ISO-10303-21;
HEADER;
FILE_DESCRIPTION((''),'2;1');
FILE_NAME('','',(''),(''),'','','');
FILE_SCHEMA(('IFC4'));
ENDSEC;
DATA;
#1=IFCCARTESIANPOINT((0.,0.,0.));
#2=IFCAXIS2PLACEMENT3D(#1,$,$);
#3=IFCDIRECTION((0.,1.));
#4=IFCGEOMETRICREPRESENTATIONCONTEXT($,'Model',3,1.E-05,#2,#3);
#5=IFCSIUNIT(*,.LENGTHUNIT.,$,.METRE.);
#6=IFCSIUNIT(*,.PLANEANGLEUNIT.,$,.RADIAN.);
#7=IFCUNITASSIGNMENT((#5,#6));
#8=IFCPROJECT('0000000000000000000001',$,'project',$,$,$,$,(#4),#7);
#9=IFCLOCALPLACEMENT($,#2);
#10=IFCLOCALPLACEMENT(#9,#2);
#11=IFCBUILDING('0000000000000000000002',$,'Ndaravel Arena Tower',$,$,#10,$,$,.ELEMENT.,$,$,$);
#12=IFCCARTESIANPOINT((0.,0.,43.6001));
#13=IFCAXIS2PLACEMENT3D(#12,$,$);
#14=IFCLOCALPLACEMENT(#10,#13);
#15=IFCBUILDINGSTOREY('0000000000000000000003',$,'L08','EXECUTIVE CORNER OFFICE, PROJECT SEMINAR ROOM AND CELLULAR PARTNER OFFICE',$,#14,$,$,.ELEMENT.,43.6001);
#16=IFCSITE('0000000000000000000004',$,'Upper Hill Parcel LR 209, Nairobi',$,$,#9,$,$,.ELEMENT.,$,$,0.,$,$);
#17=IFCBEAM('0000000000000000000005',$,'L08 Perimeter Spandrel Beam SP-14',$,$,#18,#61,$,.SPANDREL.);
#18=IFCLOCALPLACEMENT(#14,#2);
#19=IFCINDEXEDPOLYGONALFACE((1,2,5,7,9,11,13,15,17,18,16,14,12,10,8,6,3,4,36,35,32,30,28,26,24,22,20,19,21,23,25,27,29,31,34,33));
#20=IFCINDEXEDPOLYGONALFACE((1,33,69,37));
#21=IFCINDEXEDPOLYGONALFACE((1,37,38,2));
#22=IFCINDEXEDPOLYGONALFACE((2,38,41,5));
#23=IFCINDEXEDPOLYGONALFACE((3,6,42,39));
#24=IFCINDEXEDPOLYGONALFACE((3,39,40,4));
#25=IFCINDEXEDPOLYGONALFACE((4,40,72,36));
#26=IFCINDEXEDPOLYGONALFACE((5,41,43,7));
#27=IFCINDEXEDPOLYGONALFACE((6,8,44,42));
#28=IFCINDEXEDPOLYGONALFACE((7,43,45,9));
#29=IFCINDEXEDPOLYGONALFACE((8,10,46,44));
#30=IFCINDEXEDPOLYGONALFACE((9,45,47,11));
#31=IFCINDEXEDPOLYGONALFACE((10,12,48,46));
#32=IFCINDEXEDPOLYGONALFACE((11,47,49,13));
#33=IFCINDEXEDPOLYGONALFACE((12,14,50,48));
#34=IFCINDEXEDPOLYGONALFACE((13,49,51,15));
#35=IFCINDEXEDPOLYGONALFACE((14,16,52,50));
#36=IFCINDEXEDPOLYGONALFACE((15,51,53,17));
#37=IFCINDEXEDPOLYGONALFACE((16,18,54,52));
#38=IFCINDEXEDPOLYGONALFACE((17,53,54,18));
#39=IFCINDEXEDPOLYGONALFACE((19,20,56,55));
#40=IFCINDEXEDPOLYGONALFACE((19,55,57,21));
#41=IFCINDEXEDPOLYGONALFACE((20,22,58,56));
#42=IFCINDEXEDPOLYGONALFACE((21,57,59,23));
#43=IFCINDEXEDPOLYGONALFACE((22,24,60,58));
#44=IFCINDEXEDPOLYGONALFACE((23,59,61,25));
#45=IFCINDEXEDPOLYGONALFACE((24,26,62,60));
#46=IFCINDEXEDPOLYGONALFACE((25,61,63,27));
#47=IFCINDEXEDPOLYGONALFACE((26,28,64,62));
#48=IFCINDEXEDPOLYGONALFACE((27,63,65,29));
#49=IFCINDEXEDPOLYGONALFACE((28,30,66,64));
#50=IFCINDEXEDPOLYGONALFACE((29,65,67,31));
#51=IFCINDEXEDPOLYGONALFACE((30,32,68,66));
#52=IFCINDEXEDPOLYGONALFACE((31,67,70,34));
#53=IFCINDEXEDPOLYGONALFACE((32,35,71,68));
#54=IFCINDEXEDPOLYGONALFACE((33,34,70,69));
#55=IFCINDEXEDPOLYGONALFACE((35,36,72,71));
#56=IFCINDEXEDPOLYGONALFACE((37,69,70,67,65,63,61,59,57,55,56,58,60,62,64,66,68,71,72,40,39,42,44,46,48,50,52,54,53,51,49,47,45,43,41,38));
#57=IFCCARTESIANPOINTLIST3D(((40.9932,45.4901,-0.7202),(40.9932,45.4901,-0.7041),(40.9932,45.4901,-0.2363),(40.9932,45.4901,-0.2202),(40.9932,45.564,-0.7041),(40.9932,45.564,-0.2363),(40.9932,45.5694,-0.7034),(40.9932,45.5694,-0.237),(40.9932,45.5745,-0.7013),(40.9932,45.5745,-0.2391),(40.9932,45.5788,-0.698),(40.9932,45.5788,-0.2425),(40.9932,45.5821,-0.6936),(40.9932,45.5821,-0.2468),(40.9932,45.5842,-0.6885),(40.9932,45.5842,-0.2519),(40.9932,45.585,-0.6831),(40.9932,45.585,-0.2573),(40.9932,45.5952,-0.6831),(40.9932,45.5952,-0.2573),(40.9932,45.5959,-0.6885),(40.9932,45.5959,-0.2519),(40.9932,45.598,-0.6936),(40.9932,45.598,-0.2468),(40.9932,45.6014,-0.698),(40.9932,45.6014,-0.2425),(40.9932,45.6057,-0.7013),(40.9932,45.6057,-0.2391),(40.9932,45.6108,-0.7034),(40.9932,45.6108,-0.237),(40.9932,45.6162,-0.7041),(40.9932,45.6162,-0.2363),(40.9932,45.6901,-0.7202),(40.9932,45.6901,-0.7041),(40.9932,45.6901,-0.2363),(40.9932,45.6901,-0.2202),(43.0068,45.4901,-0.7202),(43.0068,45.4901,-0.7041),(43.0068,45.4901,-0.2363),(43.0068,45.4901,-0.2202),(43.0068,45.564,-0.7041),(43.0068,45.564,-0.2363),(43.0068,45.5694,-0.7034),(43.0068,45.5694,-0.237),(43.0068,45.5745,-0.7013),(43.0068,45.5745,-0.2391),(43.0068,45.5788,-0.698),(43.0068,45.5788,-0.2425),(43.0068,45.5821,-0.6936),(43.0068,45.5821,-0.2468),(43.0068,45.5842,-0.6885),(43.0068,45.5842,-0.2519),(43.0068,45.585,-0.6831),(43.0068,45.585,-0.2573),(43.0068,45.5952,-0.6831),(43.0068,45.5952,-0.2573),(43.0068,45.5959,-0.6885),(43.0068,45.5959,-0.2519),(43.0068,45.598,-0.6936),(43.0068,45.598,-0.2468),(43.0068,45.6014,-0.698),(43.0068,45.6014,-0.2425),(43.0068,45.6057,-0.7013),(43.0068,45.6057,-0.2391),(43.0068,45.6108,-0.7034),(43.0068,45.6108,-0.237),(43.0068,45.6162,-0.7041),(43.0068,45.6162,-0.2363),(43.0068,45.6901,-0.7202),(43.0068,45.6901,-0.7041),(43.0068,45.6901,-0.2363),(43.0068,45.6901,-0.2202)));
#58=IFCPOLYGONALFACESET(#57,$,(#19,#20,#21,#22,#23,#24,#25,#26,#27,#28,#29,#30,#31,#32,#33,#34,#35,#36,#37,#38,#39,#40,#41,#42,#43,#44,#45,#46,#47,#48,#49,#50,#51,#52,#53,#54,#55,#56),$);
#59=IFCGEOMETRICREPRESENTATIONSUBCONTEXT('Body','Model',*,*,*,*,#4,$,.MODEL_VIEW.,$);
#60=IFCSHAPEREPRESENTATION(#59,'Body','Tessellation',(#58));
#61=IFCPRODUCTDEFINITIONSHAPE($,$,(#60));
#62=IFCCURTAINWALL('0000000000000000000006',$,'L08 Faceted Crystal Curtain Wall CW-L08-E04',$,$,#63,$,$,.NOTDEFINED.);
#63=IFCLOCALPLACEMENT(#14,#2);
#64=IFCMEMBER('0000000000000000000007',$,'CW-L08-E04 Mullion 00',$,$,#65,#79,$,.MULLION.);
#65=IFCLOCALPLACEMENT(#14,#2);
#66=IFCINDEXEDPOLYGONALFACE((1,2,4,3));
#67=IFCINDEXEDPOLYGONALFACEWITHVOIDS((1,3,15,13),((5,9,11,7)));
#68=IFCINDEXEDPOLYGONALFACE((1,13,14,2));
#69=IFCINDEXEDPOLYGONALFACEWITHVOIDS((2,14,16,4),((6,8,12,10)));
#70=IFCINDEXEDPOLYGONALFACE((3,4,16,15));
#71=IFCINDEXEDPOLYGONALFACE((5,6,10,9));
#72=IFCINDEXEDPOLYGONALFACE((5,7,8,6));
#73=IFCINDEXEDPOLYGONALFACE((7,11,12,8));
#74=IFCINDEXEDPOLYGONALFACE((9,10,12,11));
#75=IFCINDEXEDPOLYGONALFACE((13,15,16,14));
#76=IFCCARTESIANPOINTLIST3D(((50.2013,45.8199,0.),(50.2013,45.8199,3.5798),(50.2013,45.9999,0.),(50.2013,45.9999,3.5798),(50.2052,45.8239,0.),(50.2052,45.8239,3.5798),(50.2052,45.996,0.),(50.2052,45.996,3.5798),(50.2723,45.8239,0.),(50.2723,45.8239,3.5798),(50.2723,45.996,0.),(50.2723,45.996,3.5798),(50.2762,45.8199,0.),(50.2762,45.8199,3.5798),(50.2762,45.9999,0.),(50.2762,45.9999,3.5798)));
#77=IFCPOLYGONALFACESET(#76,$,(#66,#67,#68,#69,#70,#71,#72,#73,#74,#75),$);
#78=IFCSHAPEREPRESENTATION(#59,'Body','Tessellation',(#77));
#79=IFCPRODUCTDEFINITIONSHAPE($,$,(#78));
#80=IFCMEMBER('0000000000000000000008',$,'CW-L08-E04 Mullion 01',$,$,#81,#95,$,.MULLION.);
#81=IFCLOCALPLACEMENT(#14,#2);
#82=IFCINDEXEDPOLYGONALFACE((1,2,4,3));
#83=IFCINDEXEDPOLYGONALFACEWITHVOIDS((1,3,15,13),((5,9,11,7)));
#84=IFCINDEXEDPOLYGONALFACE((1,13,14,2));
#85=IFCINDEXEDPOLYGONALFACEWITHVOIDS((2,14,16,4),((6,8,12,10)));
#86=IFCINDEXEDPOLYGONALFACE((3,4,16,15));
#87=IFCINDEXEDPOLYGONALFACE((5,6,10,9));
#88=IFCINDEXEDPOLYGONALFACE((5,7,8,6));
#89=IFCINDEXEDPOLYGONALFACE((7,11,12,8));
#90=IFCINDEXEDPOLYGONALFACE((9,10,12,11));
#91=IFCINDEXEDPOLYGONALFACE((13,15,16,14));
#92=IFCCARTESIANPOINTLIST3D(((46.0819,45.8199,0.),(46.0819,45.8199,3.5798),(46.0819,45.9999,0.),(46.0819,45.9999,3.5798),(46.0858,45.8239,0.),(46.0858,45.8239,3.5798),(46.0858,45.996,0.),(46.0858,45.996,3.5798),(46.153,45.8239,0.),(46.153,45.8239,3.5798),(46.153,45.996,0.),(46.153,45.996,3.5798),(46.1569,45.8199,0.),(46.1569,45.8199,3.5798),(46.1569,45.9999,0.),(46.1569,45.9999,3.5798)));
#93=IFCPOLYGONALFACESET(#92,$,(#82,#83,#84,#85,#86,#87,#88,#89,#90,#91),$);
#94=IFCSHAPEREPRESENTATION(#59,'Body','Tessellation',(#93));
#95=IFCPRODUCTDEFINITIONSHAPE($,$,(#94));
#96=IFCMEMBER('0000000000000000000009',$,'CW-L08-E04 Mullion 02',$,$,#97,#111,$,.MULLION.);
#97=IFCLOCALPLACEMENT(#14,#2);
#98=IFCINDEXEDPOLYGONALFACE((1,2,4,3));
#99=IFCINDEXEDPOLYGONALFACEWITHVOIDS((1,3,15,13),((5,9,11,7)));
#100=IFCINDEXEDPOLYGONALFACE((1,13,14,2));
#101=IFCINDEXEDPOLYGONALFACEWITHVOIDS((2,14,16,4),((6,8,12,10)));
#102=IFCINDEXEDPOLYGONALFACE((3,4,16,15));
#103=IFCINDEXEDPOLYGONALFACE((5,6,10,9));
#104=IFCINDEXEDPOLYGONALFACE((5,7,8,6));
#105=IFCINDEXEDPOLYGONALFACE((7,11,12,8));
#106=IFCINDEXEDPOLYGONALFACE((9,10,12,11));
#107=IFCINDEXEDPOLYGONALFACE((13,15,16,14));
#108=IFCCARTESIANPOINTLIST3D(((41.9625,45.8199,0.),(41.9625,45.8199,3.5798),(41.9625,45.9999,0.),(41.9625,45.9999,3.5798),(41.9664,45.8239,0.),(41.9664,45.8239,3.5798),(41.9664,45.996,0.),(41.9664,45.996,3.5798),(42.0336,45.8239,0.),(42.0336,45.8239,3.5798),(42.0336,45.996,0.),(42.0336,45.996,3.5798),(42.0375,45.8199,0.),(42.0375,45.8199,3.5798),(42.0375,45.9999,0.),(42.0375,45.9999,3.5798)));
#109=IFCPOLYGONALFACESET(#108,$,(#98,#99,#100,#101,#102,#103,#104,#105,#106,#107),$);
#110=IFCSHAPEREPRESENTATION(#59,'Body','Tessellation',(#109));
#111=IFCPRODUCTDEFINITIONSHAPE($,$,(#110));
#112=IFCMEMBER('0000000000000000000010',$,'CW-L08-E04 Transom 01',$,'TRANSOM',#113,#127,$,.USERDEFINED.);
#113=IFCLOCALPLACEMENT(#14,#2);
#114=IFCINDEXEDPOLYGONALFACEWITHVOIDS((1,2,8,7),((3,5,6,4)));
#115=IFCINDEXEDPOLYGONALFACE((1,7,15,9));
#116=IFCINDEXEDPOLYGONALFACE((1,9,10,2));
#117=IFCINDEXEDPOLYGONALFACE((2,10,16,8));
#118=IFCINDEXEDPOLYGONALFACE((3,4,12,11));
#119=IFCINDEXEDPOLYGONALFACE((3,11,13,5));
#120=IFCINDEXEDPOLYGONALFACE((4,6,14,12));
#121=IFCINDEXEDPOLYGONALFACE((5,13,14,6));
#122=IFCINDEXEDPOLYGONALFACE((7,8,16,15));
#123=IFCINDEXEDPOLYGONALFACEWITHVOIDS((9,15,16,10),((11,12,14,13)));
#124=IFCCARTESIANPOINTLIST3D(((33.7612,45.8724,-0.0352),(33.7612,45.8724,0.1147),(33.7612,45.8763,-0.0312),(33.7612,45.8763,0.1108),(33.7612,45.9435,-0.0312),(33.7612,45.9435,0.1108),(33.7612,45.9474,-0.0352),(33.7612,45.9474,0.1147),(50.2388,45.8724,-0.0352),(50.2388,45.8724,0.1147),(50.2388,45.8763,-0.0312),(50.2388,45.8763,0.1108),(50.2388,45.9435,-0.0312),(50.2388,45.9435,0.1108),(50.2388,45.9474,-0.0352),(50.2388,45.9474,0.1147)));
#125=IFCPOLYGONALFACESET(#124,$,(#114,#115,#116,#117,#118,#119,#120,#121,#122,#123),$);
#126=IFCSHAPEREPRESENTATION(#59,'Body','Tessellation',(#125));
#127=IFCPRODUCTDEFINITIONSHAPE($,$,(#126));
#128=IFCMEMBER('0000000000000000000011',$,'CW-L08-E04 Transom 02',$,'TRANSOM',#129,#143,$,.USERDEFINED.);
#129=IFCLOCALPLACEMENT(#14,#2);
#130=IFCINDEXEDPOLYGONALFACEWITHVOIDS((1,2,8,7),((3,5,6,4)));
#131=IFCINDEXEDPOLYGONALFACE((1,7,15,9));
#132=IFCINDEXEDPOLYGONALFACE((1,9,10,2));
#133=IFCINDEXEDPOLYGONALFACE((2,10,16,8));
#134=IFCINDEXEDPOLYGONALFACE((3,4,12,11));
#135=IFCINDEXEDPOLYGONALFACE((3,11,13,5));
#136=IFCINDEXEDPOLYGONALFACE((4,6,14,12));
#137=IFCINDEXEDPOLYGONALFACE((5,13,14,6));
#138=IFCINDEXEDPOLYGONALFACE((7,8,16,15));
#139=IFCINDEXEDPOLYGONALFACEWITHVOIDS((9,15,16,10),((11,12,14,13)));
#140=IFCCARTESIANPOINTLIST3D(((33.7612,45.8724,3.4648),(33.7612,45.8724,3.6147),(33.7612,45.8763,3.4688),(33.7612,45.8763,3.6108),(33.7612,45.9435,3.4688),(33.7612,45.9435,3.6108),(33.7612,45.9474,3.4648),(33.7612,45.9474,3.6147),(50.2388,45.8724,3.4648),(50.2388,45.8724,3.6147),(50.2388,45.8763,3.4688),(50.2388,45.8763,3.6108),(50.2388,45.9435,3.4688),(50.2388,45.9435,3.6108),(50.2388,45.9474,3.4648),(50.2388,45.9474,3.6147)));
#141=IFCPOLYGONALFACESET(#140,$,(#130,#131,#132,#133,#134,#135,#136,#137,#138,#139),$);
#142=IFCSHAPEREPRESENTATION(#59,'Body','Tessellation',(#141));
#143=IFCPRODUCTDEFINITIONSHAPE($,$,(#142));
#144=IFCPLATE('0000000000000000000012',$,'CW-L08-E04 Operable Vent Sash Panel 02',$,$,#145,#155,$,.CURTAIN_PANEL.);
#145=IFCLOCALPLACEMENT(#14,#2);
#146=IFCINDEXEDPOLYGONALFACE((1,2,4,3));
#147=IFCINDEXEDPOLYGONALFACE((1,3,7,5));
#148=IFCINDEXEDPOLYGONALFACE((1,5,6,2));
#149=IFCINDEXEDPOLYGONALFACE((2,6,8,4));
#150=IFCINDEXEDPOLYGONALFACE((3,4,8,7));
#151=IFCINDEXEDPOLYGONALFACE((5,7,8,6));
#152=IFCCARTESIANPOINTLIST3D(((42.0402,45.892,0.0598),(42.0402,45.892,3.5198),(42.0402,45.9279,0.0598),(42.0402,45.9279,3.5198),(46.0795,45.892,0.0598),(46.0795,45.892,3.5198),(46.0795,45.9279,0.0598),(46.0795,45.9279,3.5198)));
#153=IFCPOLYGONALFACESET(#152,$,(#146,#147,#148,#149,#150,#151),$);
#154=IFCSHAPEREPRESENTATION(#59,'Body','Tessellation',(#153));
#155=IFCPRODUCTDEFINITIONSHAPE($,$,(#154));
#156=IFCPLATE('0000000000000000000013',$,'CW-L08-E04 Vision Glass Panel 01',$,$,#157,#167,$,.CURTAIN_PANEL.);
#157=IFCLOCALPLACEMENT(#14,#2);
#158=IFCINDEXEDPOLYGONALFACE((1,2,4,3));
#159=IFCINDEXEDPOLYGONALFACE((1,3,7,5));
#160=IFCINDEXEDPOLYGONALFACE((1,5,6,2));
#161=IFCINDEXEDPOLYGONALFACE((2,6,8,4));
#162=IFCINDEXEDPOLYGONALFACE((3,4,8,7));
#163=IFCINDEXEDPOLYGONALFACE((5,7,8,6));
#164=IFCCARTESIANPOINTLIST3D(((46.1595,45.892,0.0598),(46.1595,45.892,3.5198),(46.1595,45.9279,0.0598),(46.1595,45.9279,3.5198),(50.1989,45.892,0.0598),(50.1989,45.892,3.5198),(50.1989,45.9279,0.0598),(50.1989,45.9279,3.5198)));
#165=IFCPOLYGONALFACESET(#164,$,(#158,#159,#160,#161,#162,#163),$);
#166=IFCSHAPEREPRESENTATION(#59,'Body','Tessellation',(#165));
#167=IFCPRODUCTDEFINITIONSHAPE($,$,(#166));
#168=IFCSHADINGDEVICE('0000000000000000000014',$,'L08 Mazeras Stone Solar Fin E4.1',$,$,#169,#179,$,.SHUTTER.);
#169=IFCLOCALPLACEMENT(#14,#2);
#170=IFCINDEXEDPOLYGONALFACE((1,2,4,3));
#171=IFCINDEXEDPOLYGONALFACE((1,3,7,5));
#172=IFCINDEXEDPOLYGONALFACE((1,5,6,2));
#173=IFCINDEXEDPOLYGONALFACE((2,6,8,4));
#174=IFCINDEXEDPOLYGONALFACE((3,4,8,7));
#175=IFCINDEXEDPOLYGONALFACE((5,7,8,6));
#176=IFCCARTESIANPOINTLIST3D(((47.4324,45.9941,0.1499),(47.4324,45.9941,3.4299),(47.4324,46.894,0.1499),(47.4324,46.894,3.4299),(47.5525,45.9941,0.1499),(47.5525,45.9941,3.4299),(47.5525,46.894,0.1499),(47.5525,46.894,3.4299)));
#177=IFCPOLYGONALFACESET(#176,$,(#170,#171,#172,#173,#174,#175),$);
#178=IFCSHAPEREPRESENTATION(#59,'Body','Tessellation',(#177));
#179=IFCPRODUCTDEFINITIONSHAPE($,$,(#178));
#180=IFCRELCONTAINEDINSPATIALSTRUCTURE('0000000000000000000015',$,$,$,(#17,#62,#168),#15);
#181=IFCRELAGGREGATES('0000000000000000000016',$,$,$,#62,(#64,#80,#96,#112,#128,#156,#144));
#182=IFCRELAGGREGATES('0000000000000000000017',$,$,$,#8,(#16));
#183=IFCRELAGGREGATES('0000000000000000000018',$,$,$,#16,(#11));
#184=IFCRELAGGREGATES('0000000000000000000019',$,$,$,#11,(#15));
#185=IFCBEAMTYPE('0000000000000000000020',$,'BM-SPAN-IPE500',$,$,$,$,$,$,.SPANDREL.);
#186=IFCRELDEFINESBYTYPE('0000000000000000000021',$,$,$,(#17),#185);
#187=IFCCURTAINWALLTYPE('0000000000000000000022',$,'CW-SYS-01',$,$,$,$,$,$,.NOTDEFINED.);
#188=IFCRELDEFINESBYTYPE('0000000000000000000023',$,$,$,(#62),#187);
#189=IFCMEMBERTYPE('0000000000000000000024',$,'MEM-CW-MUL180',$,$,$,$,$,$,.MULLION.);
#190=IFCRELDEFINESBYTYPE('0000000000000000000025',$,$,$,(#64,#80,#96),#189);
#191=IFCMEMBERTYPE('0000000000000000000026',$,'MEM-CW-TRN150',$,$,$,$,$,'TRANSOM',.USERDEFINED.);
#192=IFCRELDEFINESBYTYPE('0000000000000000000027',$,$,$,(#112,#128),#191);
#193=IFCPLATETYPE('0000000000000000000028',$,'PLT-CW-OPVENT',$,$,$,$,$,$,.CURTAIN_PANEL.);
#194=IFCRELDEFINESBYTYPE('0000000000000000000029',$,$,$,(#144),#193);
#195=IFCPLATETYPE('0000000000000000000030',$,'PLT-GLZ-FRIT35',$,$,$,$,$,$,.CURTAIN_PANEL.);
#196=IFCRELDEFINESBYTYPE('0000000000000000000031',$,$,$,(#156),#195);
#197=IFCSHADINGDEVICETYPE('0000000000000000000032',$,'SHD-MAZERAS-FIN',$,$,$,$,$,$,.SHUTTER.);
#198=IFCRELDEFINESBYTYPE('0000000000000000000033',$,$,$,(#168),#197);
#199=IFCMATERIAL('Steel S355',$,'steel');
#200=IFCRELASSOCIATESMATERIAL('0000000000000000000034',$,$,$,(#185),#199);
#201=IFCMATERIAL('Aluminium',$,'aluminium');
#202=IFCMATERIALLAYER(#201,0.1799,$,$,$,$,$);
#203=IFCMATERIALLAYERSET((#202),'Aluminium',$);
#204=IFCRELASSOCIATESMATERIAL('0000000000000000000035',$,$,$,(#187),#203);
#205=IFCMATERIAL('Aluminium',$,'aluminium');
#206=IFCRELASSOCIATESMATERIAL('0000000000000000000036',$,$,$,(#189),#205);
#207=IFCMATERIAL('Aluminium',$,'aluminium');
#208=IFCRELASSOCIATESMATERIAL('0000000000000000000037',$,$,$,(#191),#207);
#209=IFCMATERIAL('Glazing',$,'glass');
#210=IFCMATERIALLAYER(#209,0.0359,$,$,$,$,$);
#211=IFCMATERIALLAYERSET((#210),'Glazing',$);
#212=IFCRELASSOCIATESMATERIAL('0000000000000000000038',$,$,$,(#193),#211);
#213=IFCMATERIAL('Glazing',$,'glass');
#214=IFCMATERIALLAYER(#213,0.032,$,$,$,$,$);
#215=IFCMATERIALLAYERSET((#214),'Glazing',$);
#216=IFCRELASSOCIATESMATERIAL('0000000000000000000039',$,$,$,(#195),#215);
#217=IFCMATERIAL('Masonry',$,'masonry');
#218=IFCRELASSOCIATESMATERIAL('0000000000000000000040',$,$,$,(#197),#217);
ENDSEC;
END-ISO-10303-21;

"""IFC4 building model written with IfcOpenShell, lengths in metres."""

from ifc_helpers import new_model, si_unit, direction, frame, origin, origin_2d, place, context, subcontext, project, spatial, rectangle, hollow_rectangle, i_section, extrude, material, layer, layer_set, material_profile, profile_set, type_object, element, aggregate, save


model = new_model("IFC4")

# Units and contexts
model_context = context("Model", 3, precision=1e-05, world=origin(), true_north=direction((0.0, 1.0)))
body_context = subcontext(model_context, "Body", "Model", "MODEL_VIEW")
ifc_project = project(units=[si_unit("LENGTHUNIT", "METRE"), si_unit("PLANEANGLEUNIT", "RADIAN")], contexts=[model_context])

# Site, building, storey
site_placement = place(None, origin())
site = spatial("IfcSite", under=ifc_project, at=site_placement, Name="Upper Hill Parcel LR 209, Nairobi", CompositionType="ELEMENT", RefElevation=0.0)
building_placement = place(site_placement, origin())
building = spatial("IfcBuilding", under=site, at=building_placement, Name="Ndaravel Arena Tower", CompositionType="ELEMENT")
storey_placement = place(building_placement, frame((0.0, 0.0, 43.6001)))
storey = spatial("IfcBuildingStorey", under=building, at=storey_placement, Name="L08", Description="EXECUTIVE CORNER OFFICE, PROJECT SEMINAR ROOM AND CELLULAR PARTNER OFFICE", CompositionType="ELEMENT", Elevation=43.6001)

# Beam
ifc_material_1 = material(Name="Steel S355", Category="steel")
ifc_material_profile_1 = material_profile(ifc_material_1, i_section(OverallWidth=0.2, OverallDepth=0.5, WebThickness=0.0103, FlangeThickness=0.0161, FilletRadius=0.021, at=origin_2d()), Name="IPE 500")
ifc_profile_set_1 = profile_set([ifc_material_profile_1], Name="Steel S355")
beam_type_1 = type_object("IfcBeamType", Name="BM-SPAN-IPE500", PredefinedType="SPANDREL", material=ifc_profile_set_1)
beam_1_placement = place(storey_placement, frame((43.0068, 45.5901, -0.4702), z_axis=(-1.0, 0.0, 0.0), x_axis=(0.0, -1.0, 0.0)))
element("IfcBeam", 1, at=beam_1_placement, inside=storey, type_object=beam_type_1, Name="L08 Perimeter Spandrel Beam SP-14", PredefinedType="SPANDREL", context=body_context, shape_type="SweptSolid", body=[
    extrude(i_section(OverallWidth=0.2, OverallDepth=0.5, WebThickness=0.0103, FlangeThickness=0.0161, FilletRadius=0.021, at=origin_2d()), origin(), (0.0, 0.0, 1.0), 2.0137),
])

# Curtain wall, members, plates
ifc_material_2 = material(Name="Aluminium", Category="aluminium")
ifc_layer_1 = layer(ifc_material_2, 0.1799)
ifc_layer_set_1 = layer_set([ifc_layer_1], Name="Aluminium")
curtain_wall_type = type_object("IfcCurtainWallType", Name="CW-SYS-01", PredefinedType="NOTDEFINED", material=ifc_layer_set_1)
curtain_wall_placement = place(storey_placement, origin())
curtain_wall = element("IfcCurtainWall", 2, at=curtain_wall_placement, inside=storey, type_object=curtain_wall_type, Name="L08 Faceted Crystal Curtain Wall CW-L08-E04", PredefinedType="NOTDEFINED")
ifc_material_3 = material(Name="Aluminium", Category="aluminium")
ifc_material_profile_2 = material_profile(ifc_material_3, hollow_rectangle(XDim=0.075, YDim=0.1799, WallThickness=0.0039, at=origin_2d()), Name="CW MULLION 75x180x4")
ifc_profile_set_2 = profile_set([ifc_material_profile_2], Name="Aluminium")
member_type_1 = type_object("IfcMemberType", Name="MEM-CW-MUL180", PredefinedType="MULLION", material=ifc_profile_set_2)
member_1_placement = place(storey_placement, frame((50.2388, 45.9099, 0.0), z_axis=(0.0, 0.0, 1.0), x_axis=(-1.0, 0.0, 0.0)))
member_1 = element("IfcMember", 3, at=member_1_placement, type_object=member_type_1, Name="CW-L08-E04 Mullion 00", PredefinedType="MULLION", context=body_context, shape_type="SweptSolid", body=[
    extrude(hollow_rectangle(XDim=0.075, YDim=0.1799, WallThickness=0.0039, at=origin_2d()), origin(), (0.0, 0.0, 1.0), 3.5798),
])
member_2_placement = place(storey_placement, frame((46.1194, 45.9099, 0.0), z_axis=(0.0, 0.0, 1.0), x_axis=(-1.0, 0.0, 0.0)))
member_2 = element("IfcMember", 4, at=member_2_placement, type_object=member_type_1, Name="CW-L08-E04 Mullion 01", PredefinedType="MULLION", context=body_context, shape_type="SweptSolid", body=[
    extrude(hollow_rectangle(XDim=0.075, YDim=0.1799, WallThickness=0.0039, at=origin_2d()), origin(), (0.0, 0.0, 1.0), 3.5798),
])
member_3_placement = place(storey_placement, frame((42.0, 45.9099, 0.0), z_axis=(0.0, 0.0, 1.0), x_axis=(-1.0, 0.0, 0.0)))
member_3 = element("IfcMember", 5, at=member_3_placement, type_object=member_type_1, Name="CW-L08-E04 Mullion 02", PredefinedType="MULLION", context=body_context, shape_type="SweptSolid", body=[
    extrude(hollow_rectangle(XDim=0.075, YDim=0.1799, WallThickness=0.0039, at=origin_2d()), origin(), (0.0, 0.0, 1.0), 3.5798),
])
ifc_material_4 = material(Name="Aluminium", Category="aluminium")
ifc_material_profile_3 = material_profile(ifc_material_4, hollow_rectangle(XDim=0.075, YDim=0.1499, WallThickness=0.0039, at=origin_2d()), Name="CW TRANSOM 75x150x4")
ifc_profile_set_3 = profile_set([ifc_material_profile_3], Name="Aluminium")
member_type_2 = type_object("IfcMemberType", Name="MEM-CW-TRN150", ElementType="TRANSOM", PredefinedType="USERDEFINED", material=ifc_profile_set_3)
member_4_placement = place(storey_placement, frame((50.2388, 45.9099, 0.0398), z_axis=(-1.0, 0.0, 0.0), x_axis=(0.0, -1.0, 0.0)))
member_4 = element("IfcMember", 6, at=member_4_placement, type_object=member_type_2, Name="CW-L08-E04 Transom 01", ObjectType="TRANSOM", PredefinedType="USERDEFINED", context=body_context, shape_type="SweptSolid", body=[
    extrude(hollow_rectangle(XDim=0.075, YDim=0.1499, WallThickness=0.0039, at=origin_2d()), origin(), (0.0, 0.0, 1.0), 16.4775),
])
member_5_placement = place(storey_placement, frame((50.2388, 45.9099, 3.5398), z_axis=(-1.0, 0.0, 0.0), x_axis=(0.0, -1.0, 0.0)))
member_5 = element("IfcMember", 7, at=member_5_placement, type_object=member_type_2, Name="CW-L08-E04 Transom 02", ObjectType="TRANSOM", PredefinedType="USERDEFINED", context=body_context, shape_type="SweptSolid", body=[
    extrude(hollow_rectangle(XDim=0.075, YDim=0.1499, WallThickness=0.0039, at=origin_2d()), origin(), (0.0, 0.0, 1.0), 16.4775),
])
ifc_material_5 = material(Name="Glazing", Category="glass")
ifc_layer_2 = layer(ifc_material_5, 0.0359)
ifc_layer_set_2 = layer_set([ifc_layer_2], Name="Glazing")
plate_type_1 = type_object("IfcPlateType", Name="PLT-CW-OPVENT", PredefinedType="CURTAIN_PANEL", material=ifc_layer_set_2)
plate_1_placement = place(storey_placement, frame((44.0598, 45.9099, 0.0598), z_axis=(0.0, 0.0, 1.0), x_axis=(-1.0, 0.0, 0.0)))
plate_1 = element("IfcPlate", 8, at=plate_1_placement, type_object=plate_type_1, Name="CW-L08-E04 Operable Vent Sash Panel 02", PredefinedType="CURTAIN_PANEL", context=body_context, shape_type="SweptSolid", body=[
    extrude(rectangle(XDim=4.0393, YDim=0.0359, at=origin_2d()), origin(), (0.0, 0.0, 1.0), 3.46),
])
ifc_material_6 = material(Name="Glazing", Category="glass")
ifc_layer_3 = layer(ifc_material_6, 0.032)
ifc_layer_set_3 = layer_set([ifc_layer_3], Name="Glazing")
plate_type_2 = type_object("IfcPlateType", Name="PLT-GLZ-FRIT35", PredefinedType="CURTAIN_PANEL", material=ifc_layer_set_3)
plate_2_placement = place(storey_placement, frame((48.1792, 45.9099, 0.0598), z_axis=(0.0, 0.0, 1.0), x_axis=(-1.0, 0.0, 0.0)))
plate_2 = element("IfcPlate", 9, at=plate_2_placement, type_object=plate_type_2, Name="CW-L08-E04 Vision Glass Panel 01", PredefinedType="CURTAIN_PANEL", context=body_context, shape_type="SweptSolid", body=[
    extrude(rectangle(XDim=4.0393, YDim=0.0359, at=origin_2d()), origin(), (0.0, 0.0, 1.0), 3.46),
])
aggregate(curtain_wall, [member_1, member_2, member_3, member_4, member_5, plate_2, plate_1])

# Shading device
ifc_material_7 = material(Name="Masonry", Category="masonry")
shading_device_type = type_object("IfcShadingDeviceType", Name="SHD-MAZERAS-FIN", PredefinedType="SHUTTER", material=ifc_material_7)
for number, where, z_axis, x_axis, name in (
    (10, (47.4924, 46.4441, 0.1499), (0.0, 0.0, 1.0), (0.0, 1.0, 0.0), "L08 Mazeras Stone Solar Fin E4.1"),
):
    element("IfcShadingDevice", number, at=place(storey_placement, frame(where, z_axis=z_axis, x_axis=x_axis)), inside=storey, type_object=shading_device_type, Name=name, PredefinedType="SHUTTER", context=body_context, shape_type="SweptSolid", body=[
        extrude(rectangle(XDim=0.8999, YDim=0.1201, at=origin_2d()), origin(), (0.0, 0.0, 1.0), 3.28),
    ])

save(model, "model.ifc")
